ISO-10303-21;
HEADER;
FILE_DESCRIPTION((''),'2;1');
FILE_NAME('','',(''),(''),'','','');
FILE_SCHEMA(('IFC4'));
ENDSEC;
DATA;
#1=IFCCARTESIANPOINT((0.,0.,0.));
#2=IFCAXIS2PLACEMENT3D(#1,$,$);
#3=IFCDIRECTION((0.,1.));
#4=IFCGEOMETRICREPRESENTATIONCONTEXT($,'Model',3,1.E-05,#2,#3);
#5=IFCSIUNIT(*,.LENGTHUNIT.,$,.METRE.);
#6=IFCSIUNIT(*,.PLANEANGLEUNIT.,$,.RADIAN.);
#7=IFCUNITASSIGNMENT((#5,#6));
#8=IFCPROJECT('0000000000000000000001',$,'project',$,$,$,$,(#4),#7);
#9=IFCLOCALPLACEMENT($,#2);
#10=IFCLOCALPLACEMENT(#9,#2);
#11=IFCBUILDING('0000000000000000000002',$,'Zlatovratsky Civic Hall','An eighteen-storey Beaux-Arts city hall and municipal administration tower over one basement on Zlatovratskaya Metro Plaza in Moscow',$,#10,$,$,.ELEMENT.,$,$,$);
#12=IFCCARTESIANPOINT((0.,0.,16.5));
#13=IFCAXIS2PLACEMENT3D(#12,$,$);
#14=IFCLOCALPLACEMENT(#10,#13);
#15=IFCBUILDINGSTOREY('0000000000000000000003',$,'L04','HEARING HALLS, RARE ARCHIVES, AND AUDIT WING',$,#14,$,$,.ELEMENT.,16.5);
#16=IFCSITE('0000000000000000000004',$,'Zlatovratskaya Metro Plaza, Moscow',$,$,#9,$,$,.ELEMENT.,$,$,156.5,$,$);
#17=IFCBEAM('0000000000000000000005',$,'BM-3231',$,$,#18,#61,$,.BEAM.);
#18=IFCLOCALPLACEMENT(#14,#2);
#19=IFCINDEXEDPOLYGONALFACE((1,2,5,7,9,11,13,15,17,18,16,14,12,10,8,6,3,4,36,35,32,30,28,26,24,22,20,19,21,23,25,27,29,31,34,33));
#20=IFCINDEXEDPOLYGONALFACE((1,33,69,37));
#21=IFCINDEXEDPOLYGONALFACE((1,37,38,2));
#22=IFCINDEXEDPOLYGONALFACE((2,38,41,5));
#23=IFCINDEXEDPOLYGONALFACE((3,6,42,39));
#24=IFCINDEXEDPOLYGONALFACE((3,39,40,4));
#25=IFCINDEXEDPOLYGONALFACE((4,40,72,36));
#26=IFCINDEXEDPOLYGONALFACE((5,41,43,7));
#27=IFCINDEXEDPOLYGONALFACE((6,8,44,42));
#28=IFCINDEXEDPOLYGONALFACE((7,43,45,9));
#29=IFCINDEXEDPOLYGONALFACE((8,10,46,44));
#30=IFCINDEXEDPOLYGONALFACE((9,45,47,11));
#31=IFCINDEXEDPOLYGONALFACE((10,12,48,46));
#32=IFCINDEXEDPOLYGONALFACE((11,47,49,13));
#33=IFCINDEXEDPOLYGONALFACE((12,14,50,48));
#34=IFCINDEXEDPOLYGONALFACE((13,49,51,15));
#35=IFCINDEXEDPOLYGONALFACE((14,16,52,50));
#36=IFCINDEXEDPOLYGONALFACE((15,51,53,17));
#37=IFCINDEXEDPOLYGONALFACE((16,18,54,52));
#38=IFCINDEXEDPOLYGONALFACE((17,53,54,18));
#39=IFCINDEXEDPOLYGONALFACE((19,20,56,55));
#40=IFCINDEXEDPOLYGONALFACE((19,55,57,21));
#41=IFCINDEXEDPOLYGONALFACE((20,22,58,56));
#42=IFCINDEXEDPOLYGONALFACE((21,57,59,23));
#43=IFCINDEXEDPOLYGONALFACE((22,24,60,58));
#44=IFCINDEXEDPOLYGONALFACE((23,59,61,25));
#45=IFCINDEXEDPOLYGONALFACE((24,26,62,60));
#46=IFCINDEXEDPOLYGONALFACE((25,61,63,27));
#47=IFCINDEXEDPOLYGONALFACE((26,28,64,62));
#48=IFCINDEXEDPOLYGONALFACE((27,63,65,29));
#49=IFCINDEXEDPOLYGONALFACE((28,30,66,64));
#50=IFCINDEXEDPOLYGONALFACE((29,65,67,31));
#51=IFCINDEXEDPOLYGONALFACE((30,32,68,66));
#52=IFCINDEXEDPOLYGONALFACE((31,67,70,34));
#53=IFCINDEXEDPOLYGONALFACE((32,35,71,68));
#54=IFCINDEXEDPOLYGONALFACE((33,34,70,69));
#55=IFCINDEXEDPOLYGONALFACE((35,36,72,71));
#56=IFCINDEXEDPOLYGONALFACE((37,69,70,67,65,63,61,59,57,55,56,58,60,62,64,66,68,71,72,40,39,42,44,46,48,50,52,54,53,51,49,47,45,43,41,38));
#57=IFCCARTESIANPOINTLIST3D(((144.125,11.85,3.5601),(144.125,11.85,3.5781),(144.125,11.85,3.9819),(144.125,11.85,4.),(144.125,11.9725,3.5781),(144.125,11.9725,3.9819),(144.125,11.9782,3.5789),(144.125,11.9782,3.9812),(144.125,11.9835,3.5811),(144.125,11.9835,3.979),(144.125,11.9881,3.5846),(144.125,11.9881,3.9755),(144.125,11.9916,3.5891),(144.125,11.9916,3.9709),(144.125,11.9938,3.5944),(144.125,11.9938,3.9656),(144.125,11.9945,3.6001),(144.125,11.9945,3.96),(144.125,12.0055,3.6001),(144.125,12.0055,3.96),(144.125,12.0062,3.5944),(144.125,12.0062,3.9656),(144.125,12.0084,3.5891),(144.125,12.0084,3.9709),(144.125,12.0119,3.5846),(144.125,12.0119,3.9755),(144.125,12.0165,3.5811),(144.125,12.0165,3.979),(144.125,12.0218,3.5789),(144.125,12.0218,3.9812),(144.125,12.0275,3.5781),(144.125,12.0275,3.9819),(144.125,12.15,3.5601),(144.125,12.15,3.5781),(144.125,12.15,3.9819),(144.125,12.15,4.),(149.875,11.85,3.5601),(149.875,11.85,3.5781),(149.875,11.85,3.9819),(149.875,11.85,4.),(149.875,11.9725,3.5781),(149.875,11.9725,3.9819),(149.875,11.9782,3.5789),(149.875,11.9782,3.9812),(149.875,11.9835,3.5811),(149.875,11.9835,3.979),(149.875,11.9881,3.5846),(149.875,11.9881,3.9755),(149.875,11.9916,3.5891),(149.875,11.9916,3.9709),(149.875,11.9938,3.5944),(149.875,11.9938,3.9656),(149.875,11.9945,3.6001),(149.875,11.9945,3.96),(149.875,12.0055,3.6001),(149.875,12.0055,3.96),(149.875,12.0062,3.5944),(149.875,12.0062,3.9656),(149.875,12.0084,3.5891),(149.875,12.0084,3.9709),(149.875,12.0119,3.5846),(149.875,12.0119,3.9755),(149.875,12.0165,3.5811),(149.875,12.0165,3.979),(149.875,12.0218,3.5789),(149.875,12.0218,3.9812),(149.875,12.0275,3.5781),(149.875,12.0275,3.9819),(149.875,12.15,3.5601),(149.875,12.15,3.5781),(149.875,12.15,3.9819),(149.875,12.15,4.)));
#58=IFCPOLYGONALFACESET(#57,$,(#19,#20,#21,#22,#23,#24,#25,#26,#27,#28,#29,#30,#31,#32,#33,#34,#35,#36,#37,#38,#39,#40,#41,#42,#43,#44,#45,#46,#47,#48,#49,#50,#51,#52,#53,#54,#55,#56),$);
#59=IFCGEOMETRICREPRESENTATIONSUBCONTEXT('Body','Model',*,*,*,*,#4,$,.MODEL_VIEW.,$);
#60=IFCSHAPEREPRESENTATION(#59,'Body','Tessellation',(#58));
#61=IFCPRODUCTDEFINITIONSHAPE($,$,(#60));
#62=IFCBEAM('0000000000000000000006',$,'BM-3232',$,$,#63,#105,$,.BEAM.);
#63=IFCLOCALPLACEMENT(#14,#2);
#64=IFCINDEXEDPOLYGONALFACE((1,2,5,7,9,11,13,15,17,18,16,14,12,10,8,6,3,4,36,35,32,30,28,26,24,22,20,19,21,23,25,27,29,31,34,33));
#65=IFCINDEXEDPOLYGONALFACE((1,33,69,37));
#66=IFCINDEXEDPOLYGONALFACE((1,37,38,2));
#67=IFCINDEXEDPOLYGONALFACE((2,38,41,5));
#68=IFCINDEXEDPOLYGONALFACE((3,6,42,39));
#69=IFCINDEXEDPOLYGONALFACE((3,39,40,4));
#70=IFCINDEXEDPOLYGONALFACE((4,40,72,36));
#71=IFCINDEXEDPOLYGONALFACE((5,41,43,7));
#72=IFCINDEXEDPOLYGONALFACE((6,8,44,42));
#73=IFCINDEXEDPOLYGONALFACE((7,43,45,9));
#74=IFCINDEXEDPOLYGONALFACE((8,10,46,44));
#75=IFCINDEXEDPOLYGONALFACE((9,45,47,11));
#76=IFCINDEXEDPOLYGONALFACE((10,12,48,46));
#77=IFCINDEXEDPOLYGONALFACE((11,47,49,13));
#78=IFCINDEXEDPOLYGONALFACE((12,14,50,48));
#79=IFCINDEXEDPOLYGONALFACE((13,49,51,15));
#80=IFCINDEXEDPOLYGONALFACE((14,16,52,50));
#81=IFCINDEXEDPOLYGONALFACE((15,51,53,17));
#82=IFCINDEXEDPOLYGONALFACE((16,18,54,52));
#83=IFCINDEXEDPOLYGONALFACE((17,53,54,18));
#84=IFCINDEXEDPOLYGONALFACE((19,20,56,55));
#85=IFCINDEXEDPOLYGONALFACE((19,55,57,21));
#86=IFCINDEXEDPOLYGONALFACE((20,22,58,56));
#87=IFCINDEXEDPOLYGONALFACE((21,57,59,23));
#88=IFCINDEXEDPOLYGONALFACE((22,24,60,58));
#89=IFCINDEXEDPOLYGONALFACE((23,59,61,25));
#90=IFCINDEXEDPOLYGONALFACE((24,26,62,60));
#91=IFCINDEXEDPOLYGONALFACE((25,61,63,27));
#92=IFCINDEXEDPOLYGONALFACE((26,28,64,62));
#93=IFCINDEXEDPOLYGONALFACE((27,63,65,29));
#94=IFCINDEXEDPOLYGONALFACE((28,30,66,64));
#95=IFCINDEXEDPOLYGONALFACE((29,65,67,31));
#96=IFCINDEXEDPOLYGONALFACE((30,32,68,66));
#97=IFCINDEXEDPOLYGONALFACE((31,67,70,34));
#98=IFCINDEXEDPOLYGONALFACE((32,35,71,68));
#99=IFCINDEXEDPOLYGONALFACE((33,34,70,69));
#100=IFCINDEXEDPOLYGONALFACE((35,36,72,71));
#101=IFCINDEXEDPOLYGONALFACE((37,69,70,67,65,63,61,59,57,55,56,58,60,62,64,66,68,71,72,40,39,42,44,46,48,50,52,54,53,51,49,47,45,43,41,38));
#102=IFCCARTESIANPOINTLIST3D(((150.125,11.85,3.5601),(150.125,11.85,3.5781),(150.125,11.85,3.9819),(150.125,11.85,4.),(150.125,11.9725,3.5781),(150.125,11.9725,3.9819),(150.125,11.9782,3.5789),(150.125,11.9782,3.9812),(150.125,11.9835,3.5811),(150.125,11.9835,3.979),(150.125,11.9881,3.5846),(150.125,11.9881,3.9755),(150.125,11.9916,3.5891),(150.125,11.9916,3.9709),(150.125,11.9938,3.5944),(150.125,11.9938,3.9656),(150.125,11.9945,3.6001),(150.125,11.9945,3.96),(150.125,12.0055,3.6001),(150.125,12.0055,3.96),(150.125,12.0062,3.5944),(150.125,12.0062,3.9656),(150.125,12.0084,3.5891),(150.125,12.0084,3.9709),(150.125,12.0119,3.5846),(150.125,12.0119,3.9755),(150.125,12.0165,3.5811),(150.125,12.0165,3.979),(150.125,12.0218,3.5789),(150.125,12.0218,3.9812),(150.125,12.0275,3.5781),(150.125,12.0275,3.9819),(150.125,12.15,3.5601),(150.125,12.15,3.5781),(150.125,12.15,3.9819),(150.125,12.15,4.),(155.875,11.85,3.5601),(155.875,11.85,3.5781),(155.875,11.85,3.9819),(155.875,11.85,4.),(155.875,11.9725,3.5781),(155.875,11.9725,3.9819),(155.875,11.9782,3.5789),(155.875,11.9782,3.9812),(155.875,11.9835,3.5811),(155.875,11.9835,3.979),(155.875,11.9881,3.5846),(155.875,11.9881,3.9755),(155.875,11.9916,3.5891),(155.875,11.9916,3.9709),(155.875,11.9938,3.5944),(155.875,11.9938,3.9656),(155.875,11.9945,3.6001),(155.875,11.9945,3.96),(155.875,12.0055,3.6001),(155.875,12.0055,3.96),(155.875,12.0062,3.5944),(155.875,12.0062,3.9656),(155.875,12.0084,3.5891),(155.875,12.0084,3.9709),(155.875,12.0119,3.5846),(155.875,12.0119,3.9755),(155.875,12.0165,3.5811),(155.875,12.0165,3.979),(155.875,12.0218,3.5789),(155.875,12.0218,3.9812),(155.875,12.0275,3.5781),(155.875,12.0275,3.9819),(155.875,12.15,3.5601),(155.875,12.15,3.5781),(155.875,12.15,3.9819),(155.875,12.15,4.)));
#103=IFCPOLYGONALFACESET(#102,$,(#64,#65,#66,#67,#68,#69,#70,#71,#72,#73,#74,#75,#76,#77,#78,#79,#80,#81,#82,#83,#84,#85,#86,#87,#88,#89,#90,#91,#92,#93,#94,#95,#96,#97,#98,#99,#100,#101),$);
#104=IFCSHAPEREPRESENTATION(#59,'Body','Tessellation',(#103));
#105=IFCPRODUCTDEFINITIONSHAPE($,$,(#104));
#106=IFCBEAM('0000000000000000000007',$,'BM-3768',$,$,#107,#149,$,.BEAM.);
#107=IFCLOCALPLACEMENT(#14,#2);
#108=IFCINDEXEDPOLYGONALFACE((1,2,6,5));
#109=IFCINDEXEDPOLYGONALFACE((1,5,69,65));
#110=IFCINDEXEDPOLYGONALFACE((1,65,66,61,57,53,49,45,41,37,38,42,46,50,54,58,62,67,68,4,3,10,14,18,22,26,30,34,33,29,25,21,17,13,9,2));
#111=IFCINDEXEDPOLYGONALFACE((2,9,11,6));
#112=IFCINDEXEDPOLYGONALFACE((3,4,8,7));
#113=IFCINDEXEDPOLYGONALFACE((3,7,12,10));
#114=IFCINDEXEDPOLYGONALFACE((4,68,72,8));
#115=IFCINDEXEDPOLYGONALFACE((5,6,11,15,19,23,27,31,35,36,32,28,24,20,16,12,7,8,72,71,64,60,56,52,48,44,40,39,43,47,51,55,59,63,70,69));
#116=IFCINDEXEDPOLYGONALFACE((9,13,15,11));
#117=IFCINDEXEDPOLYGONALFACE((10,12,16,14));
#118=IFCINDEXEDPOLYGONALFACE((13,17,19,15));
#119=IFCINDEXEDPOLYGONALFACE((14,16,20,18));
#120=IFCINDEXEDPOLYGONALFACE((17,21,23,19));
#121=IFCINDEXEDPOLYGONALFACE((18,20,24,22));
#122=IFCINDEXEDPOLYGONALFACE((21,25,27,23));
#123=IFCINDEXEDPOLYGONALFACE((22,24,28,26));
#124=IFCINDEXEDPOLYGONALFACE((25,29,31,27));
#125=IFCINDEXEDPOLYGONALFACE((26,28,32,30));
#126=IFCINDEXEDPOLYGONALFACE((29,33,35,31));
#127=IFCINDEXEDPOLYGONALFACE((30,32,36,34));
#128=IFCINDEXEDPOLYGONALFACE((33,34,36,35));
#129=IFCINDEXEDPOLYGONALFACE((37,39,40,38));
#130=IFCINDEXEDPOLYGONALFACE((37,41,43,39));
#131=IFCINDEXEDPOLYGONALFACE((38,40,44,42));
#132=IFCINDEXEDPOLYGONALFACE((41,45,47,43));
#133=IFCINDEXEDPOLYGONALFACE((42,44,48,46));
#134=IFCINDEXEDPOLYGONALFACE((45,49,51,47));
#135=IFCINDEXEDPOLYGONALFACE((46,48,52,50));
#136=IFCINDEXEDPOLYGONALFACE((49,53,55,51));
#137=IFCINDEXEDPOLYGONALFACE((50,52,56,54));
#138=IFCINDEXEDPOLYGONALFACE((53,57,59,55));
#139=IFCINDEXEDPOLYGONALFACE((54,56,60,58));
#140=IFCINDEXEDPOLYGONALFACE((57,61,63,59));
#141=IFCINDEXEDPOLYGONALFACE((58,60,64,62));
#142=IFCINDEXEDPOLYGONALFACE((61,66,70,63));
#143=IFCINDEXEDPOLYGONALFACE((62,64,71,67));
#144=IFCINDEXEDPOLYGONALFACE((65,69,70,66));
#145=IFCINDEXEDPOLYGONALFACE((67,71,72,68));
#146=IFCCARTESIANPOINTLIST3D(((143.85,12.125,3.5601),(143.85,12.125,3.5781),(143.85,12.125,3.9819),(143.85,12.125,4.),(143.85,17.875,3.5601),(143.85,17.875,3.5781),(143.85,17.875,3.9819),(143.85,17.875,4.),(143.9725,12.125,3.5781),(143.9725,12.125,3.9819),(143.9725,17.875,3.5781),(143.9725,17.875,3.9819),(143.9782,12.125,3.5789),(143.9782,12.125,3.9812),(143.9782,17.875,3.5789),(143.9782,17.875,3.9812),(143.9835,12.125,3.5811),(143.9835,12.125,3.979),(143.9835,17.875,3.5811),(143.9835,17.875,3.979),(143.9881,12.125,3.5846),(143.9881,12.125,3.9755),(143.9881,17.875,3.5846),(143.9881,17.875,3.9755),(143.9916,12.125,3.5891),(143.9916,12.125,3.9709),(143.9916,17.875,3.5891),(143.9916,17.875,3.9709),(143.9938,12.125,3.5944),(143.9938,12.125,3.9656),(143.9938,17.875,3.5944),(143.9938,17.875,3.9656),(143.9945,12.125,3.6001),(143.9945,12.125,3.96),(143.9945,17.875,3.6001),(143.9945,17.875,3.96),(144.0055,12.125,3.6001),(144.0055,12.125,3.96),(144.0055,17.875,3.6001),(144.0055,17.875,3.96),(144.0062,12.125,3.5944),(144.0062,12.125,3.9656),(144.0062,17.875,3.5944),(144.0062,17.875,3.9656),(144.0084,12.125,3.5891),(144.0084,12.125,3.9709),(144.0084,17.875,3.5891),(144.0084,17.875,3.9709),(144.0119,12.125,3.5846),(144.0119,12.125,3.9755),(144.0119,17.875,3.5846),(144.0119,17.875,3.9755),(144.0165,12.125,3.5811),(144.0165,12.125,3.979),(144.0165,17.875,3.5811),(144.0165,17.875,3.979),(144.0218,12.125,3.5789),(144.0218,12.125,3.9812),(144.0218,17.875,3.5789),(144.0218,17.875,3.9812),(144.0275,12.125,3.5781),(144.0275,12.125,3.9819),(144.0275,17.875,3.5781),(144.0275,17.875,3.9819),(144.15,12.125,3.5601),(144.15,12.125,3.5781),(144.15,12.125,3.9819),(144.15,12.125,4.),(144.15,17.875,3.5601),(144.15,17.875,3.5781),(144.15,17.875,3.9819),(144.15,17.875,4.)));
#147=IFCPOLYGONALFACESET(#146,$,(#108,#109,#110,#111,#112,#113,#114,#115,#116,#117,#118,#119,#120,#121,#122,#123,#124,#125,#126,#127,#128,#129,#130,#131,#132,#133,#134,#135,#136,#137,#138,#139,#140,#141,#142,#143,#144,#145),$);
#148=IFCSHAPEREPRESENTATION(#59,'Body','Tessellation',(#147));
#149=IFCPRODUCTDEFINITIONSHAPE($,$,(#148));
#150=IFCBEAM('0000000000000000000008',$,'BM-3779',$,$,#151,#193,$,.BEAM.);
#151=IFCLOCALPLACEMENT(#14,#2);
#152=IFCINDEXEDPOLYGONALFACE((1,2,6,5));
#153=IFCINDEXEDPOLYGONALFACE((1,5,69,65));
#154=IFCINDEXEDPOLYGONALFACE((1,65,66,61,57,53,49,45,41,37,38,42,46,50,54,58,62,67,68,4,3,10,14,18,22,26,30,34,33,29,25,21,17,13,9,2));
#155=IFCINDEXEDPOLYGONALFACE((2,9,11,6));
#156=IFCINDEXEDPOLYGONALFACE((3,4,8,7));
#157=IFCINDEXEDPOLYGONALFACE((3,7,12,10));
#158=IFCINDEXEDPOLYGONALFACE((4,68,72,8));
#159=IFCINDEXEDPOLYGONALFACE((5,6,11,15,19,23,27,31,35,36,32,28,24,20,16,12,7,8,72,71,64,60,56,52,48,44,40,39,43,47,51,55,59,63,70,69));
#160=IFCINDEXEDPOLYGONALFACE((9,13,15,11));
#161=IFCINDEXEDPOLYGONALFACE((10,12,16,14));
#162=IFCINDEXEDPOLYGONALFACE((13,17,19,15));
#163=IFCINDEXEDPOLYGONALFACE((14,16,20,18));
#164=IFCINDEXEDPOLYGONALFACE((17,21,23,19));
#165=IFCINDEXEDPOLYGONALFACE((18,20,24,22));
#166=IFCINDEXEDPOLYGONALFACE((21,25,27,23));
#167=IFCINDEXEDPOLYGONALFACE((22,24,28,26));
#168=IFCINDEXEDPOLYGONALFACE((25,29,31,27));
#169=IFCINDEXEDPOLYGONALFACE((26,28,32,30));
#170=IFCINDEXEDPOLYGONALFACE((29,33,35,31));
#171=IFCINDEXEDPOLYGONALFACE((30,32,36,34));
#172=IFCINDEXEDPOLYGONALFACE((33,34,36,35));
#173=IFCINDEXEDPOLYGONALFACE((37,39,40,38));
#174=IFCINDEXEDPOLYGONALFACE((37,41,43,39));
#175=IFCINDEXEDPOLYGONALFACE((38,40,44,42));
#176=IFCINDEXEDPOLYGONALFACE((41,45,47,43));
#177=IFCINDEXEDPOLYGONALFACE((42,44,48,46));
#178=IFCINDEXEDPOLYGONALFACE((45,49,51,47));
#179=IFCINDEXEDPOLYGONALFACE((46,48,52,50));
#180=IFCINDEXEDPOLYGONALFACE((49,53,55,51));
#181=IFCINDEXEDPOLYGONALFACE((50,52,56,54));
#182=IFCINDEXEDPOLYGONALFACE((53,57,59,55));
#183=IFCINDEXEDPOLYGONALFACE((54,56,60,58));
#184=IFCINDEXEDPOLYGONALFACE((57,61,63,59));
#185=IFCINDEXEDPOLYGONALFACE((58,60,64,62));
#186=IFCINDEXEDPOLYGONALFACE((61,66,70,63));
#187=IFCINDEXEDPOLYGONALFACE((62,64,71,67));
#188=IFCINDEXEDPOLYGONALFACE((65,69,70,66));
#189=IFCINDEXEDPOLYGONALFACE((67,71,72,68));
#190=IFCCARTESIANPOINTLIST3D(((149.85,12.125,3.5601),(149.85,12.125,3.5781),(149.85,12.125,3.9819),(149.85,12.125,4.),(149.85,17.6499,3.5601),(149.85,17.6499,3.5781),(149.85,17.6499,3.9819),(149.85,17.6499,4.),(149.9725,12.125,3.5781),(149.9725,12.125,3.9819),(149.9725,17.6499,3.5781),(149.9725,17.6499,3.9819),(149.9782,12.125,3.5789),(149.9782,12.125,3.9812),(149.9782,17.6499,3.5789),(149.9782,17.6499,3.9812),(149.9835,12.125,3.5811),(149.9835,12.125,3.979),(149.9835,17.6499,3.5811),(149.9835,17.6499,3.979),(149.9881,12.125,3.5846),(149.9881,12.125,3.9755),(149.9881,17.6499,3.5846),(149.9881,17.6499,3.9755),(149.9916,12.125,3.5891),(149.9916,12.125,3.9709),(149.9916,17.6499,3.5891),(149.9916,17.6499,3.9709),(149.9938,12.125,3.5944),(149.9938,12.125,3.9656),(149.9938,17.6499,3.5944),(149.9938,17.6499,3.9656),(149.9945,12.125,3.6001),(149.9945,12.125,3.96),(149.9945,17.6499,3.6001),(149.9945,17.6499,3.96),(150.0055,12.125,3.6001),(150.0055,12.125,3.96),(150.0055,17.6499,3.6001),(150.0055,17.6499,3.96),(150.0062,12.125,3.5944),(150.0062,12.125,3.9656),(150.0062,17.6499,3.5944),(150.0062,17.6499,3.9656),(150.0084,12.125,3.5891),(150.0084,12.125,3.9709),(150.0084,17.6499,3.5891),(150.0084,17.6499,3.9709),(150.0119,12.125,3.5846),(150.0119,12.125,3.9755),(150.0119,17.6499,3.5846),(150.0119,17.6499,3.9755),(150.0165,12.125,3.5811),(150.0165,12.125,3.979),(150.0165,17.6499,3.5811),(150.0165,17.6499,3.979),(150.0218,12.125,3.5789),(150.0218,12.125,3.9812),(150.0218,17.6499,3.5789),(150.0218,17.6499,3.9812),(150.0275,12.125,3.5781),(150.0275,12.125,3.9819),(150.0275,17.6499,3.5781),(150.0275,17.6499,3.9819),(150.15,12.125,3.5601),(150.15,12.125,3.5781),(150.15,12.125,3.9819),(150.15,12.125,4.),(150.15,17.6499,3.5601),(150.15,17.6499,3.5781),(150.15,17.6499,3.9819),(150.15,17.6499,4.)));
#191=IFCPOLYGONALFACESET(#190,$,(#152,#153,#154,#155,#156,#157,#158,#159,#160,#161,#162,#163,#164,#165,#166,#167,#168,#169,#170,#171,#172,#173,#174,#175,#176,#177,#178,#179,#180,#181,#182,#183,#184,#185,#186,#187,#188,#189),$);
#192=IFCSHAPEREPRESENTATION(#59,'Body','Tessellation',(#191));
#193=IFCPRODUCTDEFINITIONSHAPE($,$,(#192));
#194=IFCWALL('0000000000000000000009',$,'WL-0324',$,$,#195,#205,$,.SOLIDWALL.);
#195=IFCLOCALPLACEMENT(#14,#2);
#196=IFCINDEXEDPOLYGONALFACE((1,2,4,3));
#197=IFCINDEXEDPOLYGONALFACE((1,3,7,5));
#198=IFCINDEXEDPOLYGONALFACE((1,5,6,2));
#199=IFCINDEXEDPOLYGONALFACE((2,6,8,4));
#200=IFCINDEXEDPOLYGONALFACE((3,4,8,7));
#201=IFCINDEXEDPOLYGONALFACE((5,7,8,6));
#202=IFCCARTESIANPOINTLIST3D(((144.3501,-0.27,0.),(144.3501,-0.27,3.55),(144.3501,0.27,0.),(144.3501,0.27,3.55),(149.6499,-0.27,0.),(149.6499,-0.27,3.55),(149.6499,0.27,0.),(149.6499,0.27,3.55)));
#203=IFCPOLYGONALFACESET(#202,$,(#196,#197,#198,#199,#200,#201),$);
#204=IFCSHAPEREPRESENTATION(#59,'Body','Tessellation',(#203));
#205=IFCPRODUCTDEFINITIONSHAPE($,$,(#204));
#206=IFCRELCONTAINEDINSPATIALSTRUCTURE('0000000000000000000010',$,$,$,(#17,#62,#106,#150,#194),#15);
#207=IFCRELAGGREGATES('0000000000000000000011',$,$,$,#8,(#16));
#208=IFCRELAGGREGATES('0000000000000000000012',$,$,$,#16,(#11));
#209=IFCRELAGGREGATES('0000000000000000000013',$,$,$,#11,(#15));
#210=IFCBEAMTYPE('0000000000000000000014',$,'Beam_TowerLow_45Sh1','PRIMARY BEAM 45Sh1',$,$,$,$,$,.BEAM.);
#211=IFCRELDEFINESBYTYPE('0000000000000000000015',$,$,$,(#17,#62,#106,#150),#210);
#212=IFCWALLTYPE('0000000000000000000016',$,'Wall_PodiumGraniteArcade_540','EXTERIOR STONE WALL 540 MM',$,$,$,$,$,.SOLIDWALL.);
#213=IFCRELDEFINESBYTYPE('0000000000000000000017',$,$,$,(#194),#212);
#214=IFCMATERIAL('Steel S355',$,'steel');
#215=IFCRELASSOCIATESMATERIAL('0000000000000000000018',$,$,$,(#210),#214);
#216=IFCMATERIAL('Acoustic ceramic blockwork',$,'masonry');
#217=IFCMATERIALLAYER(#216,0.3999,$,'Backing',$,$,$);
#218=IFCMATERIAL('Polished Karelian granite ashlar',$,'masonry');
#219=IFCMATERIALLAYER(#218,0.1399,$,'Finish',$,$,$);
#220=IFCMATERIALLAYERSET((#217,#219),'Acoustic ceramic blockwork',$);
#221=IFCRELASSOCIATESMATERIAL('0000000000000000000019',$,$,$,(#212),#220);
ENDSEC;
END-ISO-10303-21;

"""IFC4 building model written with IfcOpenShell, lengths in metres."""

from ifc_helpers import new_model, si_unit, direction, frame, frame_2d, origin, origin_2d, place, context, subcontext, project, spatial, rectangle, i_section, extrude, material, layer, layer_set, material_profile, profile_set, type_object, element, save


model = new_model("IFC4")

# Units and contexts
model_context = context("Model", 3, precision=1e-05, world=origin(), true_north=direction((0.0, 1.0)))
body_context = subcontext(model_context, "Body", "Model", "MODEL_VIEW")
ifc_project = project(units=[si_unit("LENGTHUNIT", "METRE"), si_unit("PLANEANGLEUNIT", "RADIAN")], contexts=[model_context])

# Site, building, storey
site_placement = place(None, origin())
site = spatial("IfcSite", under=ifc_project, at=site_placement, Name="Zlatovratskaya Metro Plaza, Moscow", CompositionType="ELEMENT", RefElevation=156.5)
building_placement = place(site_placement, origin())
building = spatial("IfcBuilding", under=site, at=building_placement, Name="Zlatovratsky Civic Hall", Description="An eighteen-storey Beaux-Arts city hall and municipal administration tower over one basement on Zlatovratskaya Metro Plaza in Moscow", CompositionType="ELEMENT")
storey_placement = place(building_placement, frame((0.0, 0.0, 16.5)))
storey = spatial("IfcBuildingStorey", under=building, at=storey_placement, Name="L04", Description="HEARING HALLS, RARE ARCHIVES, AND AUDIT WING", CompositionType="ELEMENT", Elevation=16.5)

# Shared definitions
ifc_material_1 = material(Name="Steel S355", Category="steel")

# Beams
ifc_material_profile_1 = material_profile(ifc_material_1, i_section(OverallWidth=0.3, OverallDepth=0.4399, WebThickness=0.011, FlangeThickness=0.0181, FilletRadius=0.022, at=origin_2d()), Name="45Sh1")
ifc_profile_set_1 = profile_set([ifc_material_profile_1], Name="Steel S355")
beam_type_1 = type_object("IfcBeamType", Name="Beam_TowerLow_45Sh1", Description="PRIMARY BEAM 45Sh1", PredefinedType="BEAM", material=ifc_profile_set_1)
for number, where, z_axis, x_axis, name in (
    (1, (144.125, 12.0, 3.78), (1.0, 0.0, 0.0), (0.0, 1.0, 0.0), "BM-3231"),
    (2, (150.125, 12.0, 3.78), (1.0, 0.0, 0.0), (0.0, 1.0, 0.0), "BM-3232"),
    (3, (144.0, 12.125, 3.78), (0.0, 1.0, 0.0), (-1.0, 0.0, 0.0), "BM-3768"),
):
    element("IfcBeam", number, at=place(storey_placement, frame(where, z_axis=z_axis, x_axis=x_axis)), inside=storey, type_object=beam_type_1, Name=name, PredefinedType="BEAM", context=body_context, shape_type="SweptSolid", body=[
        extrude(i_section(OverallWidth=0.3, OverallDepth=0.4399, WebThickness=0.011, FlangeThickness=0.0181, FilletRadius=0.022, at=origin_2d()), origin(), (0.0, 0.0, 1.0), 5.75),
    ])
beam_placement = place(storey_placement, frame((150.0, 12.125, 3.78), z_axis=(0.0, 1.0, 0.0), x_axis=(-1.0, 0.0, 0.0)))
element("IfcBeam", 4, at=beam_placement, inside=storey, type_object=beam_type_1, Name="BM-3779", PredefinedType="BEAM", context=body_context, shape_type="SweptSolid", body=[
    extrude(i_section(OverallWidth=0.3, OverallDepth=0.4399, WebThickness=0.011, FlangeThickness=0.0181, FilletRadius=0.022, at=origin_2d()), origin(), (0.0, 0.0, 1.0), 5.5249),
])

# Wall
ifc_material_2 = material(Name="Acoustic ceramic blockwork", Category="masonry")
ifc_layer_1 = layer(ifc_material_2, 0.3999, Name="Backing")
ifc_material_3 = material(Name="Polished Karelian granite ashlar", Category="masonry")
ifc_layer_2 = layer(ifc_material_3, 0.1399, Name="Finish")
ifc_layer_set_1 = layer_set([ifc_layer_1, ifc_layer_2], Name="Acoustic ceramic blockwork")
wall_type = type_object("IfcWallType", Name="Wall_PodiumGraniteArcade_540", Description="EXTERIOR STONE WALL 540 MM", PredefinedType="SOLIDWALL", material=ifc_layer_set_1)
for number, where, z_axis, x_axis, name in (
    (5, (144.3501, 0.0, 0.0), (0.0, 0.0, 1.0), (1.0, 0.0, 0.0), "WL-0324"),
):
    element("IfcWall", number, at=place(storey_placement, frame(where, z_axis=z_axis, x_axis=x_axis)), inside=storey, type_object=wall_type, Name=name, PredefinedType="SOLIDWALL", context=body_context, shape_type="SweptSolid", body=[
        extrude(rectangle(XDim=5.2998, YDim=0.54, at=frame_2d((2.6499, 0.0))), origin(), (0.0, 0.0, 1.0), 3.55),
    ])

save(model, "model.ifc")
